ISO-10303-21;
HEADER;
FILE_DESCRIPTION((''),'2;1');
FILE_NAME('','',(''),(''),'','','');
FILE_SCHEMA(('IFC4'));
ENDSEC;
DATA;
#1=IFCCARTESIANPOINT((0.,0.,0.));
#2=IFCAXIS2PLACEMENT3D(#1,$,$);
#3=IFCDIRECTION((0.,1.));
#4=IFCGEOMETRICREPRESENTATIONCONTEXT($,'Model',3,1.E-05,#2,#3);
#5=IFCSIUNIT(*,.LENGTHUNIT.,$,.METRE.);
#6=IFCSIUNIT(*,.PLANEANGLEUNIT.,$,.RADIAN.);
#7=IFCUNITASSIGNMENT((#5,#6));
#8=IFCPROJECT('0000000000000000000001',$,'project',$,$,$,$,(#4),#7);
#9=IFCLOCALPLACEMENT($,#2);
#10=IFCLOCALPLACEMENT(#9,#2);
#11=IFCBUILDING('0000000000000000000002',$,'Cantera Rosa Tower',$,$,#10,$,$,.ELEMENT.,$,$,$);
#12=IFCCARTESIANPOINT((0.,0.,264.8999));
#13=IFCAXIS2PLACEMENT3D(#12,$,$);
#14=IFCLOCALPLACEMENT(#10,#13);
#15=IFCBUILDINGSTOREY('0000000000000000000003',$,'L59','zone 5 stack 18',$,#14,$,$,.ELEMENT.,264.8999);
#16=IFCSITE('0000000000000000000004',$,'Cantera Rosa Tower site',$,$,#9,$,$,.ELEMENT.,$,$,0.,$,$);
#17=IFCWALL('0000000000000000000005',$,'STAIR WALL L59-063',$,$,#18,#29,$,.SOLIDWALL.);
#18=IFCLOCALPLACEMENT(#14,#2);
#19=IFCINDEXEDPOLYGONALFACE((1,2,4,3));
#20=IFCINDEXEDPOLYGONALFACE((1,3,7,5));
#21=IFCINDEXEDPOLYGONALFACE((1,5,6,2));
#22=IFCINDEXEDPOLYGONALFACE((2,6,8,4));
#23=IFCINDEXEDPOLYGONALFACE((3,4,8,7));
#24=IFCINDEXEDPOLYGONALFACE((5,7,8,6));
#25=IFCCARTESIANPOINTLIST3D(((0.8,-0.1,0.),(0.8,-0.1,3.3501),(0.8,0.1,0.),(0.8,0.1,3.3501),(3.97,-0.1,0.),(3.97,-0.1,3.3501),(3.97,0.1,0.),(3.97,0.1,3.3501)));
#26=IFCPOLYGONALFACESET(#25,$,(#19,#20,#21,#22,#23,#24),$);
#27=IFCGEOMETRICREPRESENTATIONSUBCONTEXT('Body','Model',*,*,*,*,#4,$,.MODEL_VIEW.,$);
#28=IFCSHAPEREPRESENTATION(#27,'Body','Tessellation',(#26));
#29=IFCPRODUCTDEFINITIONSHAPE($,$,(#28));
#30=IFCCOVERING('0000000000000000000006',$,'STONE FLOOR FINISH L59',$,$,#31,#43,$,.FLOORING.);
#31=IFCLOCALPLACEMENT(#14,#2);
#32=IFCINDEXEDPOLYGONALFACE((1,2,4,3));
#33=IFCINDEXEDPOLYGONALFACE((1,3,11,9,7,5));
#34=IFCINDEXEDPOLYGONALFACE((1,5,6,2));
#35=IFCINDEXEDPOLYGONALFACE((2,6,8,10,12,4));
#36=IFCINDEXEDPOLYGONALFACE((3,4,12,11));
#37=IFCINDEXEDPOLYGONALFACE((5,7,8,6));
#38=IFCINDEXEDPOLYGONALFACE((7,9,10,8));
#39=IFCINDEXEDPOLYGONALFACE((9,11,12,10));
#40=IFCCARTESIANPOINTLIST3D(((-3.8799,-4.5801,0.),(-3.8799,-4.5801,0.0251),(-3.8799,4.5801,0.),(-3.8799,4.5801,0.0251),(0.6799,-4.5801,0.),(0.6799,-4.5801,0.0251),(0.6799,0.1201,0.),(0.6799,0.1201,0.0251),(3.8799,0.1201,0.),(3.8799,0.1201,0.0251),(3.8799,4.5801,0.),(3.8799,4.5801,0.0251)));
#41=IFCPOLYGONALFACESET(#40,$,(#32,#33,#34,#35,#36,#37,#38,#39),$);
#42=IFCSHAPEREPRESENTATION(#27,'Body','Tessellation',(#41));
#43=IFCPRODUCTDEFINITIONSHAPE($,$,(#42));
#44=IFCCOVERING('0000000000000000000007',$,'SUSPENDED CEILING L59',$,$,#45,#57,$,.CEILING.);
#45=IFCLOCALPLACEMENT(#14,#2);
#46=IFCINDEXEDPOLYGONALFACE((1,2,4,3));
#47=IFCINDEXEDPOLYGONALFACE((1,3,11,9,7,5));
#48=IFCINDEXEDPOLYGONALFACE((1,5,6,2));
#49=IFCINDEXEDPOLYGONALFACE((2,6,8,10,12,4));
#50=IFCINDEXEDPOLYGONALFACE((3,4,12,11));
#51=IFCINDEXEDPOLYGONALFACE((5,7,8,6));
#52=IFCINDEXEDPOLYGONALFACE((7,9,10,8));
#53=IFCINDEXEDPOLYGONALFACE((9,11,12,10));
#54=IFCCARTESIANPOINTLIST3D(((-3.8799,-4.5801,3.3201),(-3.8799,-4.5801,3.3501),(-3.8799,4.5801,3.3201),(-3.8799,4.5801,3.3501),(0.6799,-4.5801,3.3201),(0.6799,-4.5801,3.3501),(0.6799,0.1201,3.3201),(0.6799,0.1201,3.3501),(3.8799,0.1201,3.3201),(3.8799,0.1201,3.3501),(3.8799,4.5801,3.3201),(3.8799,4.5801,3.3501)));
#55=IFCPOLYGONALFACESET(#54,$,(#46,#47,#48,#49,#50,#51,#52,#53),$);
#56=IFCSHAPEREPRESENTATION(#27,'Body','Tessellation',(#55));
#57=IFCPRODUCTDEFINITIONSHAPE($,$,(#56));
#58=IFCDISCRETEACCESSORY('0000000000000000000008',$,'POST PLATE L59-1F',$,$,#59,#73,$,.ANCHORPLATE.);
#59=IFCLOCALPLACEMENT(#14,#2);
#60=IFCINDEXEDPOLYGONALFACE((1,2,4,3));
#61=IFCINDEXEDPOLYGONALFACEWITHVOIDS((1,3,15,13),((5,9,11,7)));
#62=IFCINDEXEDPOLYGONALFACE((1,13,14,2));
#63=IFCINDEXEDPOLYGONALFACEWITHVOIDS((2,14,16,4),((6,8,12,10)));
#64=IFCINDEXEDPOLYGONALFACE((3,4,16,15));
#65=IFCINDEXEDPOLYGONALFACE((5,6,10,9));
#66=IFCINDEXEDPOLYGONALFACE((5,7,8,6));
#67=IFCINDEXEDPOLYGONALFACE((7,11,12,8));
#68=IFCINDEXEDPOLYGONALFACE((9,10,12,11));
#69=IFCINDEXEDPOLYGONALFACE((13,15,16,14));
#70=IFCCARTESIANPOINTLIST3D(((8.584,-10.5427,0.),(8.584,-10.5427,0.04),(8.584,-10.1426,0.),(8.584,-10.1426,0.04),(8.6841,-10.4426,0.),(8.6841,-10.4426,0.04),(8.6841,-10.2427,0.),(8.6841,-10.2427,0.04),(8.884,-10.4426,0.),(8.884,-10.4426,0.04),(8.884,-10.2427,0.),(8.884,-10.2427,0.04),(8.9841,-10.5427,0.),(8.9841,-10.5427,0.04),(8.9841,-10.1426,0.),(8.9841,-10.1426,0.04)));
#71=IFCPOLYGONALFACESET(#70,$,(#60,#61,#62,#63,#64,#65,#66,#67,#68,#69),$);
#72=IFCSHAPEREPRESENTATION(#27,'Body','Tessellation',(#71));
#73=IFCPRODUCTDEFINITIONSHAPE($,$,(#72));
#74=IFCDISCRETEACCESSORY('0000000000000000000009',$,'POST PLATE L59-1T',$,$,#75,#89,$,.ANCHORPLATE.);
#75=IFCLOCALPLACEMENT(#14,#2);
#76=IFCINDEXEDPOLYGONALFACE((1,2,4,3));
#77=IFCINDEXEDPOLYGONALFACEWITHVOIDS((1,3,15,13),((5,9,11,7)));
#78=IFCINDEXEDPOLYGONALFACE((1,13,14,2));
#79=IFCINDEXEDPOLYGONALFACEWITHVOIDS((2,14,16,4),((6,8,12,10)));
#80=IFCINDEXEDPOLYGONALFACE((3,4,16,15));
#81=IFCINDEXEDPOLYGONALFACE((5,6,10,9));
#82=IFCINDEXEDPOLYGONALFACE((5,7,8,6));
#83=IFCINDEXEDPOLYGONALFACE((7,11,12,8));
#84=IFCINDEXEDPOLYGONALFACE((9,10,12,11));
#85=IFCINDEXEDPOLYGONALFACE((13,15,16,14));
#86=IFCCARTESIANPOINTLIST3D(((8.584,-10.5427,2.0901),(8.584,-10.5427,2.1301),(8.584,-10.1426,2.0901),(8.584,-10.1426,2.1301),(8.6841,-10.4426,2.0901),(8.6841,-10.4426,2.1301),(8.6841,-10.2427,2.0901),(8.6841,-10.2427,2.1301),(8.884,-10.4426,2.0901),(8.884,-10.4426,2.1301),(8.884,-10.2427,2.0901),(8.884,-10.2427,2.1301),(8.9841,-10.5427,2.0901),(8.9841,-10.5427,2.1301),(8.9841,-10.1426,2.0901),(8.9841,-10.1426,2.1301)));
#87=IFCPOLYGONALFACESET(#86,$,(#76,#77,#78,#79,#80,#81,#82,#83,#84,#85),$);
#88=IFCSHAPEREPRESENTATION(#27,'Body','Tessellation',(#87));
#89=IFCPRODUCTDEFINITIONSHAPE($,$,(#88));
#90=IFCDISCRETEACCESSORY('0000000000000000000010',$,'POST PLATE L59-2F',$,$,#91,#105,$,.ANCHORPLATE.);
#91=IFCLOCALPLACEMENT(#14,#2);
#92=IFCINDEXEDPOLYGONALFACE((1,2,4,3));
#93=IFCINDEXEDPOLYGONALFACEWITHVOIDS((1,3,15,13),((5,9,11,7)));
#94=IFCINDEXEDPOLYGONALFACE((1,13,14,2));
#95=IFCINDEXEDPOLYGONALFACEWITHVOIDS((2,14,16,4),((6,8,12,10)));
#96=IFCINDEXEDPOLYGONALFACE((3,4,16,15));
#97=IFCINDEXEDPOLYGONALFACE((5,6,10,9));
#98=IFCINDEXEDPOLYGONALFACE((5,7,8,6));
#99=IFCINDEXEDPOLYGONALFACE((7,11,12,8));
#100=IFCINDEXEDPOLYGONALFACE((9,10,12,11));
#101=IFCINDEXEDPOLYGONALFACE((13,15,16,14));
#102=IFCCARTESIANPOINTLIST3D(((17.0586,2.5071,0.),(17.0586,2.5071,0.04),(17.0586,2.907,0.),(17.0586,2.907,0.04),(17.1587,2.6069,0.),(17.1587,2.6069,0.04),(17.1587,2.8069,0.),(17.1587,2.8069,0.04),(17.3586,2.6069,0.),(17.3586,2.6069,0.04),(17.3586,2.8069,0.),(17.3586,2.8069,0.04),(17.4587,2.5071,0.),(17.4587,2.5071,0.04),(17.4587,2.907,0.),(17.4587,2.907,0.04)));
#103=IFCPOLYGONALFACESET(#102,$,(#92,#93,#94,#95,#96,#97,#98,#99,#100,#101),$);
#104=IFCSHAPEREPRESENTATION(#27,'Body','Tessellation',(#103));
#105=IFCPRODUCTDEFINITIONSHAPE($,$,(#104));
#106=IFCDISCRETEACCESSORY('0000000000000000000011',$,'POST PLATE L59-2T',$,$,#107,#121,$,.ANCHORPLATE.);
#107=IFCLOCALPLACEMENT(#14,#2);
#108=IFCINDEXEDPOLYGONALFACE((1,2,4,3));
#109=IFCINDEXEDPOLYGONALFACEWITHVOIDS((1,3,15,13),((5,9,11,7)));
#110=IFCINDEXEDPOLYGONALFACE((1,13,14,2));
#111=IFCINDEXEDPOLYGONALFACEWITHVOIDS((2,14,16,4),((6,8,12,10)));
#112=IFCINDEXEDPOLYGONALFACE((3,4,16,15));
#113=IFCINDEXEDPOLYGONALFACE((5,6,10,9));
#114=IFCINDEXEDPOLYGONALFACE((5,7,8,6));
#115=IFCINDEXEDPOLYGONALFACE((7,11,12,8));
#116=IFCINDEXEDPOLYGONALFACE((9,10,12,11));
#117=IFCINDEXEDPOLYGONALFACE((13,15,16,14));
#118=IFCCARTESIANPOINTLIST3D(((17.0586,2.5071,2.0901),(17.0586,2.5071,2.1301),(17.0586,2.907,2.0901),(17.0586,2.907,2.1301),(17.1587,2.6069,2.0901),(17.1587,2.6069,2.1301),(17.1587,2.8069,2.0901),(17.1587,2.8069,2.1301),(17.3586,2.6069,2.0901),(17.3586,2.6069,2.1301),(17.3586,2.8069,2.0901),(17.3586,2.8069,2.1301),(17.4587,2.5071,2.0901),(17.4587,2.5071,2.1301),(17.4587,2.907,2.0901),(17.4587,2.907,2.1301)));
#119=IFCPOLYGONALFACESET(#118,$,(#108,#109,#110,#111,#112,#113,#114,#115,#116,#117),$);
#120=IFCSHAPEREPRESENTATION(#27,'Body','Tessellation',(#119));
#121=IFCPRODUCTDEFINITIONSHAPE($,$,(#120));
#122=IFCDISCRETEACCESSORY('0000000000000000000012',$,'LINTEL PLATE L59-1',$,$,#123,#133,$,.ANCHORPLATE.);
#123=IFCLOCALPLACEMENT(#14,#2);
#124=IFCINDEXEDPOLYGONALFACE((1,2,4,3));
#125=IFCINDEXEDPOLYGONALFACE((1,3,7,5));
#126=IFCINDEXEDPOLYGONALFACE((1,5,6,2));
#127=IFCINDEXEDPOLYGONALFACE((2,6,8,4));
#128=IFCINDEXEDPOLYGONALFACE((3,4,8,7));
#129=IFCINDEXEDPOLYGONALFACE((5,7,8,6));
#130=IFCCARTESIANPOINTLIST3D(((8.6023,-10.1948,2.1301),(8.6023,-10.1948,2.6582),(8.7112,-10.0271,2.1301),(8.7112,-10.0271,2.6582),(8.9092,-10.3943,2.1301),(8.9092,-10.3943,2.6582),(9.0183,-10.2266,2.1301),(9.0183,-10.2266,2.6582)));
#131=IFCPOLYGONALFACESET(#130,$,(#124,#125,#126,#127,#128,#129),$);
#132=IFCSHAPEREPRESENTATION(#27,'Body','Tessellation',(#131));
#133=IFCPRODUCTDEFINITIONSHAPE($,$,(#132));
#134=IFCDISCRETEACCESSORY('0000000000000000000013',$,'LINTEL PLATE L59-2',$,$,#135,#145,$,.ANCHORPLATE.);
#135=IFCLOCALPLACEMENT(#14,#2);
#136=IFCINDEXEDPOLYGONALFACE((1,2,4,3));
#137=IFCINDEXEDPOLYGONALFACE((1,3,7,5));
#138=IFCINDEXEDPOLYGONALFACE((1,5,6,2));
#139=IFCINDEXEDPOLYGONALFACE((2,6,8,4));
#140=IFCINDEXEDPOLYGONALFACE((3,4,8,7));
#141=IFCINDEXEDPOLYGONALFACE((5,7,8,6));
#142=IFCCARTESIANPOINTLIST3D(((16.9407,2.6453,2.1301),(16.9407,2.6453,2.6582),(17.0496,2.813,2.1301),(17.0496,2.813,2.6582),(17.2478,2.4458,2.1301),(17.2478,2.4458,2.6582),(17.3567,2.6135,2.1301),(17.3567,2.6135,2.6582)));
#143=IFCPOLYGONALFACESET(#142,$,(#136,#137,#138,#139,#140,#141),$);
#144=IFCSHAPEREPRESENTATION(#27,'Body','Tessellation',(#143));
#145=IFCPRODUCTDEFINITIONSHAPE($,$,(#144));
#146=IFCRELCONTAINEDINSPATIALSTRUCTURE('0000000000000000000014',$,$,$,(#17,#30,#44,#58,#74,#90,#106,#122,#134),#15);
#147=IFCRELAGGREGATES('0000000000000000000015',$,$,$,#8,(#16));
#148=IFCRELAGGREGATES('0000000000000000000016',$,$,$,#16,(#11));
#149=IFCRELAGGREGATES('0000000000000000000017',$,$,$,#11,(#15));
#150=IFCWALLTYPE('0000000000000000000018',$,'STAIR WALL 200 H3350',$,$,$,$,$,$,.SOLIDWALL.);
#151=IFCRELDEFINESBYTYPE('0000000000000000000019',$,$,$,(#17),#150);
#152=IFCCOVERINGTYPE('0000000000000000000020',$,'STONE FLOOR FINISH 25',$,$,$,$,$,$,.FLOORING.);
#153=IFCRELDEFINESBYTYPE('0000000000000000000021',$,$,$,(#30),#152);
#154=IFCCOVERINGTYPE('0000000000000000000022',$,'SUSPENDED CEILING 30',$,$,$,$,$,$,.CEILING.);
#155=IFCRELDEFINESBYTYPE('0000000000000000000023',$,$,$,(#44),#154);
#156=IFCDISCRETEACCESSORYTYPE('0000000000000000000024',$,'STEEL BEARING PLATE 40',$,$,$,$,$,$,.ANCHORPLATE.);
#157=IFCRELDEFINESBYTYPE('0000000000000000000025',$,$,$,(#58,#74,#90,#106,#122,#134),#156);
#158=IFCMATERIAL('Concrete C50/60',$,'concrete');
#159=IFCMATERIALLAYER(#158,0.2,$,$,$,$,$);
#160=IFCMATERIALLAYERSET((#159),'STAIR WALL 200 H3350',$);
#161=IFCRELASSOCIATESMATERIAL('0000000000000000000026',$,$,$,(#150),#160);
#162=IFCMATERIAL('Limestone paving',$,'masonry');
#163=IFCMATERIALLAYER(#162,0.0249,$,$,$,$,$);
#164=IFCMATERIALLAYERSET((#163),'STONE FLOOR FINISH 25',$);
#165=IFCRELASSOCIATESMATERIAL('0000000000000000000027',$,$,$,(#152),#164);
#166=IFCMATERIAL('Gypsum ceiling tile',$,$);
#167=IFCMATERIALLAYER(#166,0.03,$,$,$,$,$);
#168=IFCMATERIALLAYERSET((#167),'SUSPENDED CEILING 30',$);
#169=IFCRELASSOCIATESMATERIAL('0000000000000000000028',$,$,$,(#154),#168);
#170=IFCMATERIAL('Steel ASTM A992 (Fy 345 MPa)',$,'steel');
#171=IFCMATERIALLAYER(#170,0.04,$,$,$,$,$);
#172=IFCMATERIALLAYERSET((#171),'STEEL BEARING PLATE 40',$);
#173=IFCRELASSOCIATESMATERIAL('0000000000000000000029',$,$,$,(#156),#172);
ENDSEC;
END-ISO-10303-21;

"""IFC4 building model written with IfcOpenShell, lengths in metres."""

from ifc_helpers import new_model, si_unit, direction, frame, frame_2d, origin, place, context, subcontext, project, spatial, polyline, rectangle, outline, extrude, material, layer, layer_set, type_object, element, save


model = new_model("IFC4")

# Units and contexts
model_context = context("Model", 3, precision=1e-05, world=origin(), true_north=direction((0.0, 1.0)))
body_context = subcontext(model_context, "Body", "Model", "MODEL_VIEW")
ifc_project = project(units=[si_unit("LENGTHUNIT", "METRE"), si_unit("PLANEANGLEUNIT", "RADIAN")], contexts=[model_context])

# Site, building, storey
site_placement = place(None, origin())
site = spatial("IfcSite", under=ifc_project, at=site_placement, Name="Cantera Rosa Tower site", CompositionType="ELEMENT", RefElevation=0.0)
building_placement = place(site_placement, origin())
building = spatial("IfcBuilding", under=site, at=building_placement, Name="Cantera Rosa Tower", CompositionType="ELEMENT")
storey_placement = place(building_placement, frame((0.0, 0.0, 264.8999)))
storey = spatial("IfcBuildingStorey", under=building, at=storey_placement, Name="L59", Description="zone 5 stack 18", CompositionType="ELEMENT", Elevation=264.8999)

# Wall
ifc_material_1 = material(Name="Concrete C50/60", Category="concrete")
ifc_layer_1 = layer(ifc_material_1, 0.2)
ifc_layer_set_1 = layer_set([ifc_layer_1], Name="STAIR WALL 200 H3350")
wall_type_1 = type_object("IfcWallType", Name="STAIR WALL 200 H3350", PredefinedType="SOLIDWALL", material=ifc_layer_set_1)
wall_1_placement = place(storey_placement, frame((0.8, 0.0, 0.0), z_axis=(0.0, 0.0, 1.0), x_axis=(1.0, 0.0, 0.0)))
element("IfcWall", 1, at=wall_1_placement, inside=storey, type_object=wall_type_1, Name="STAIR WALL L59-063", PredefinedType="SOLIDWALL", context=body_context, shape_type="SweptSolid", body=[
    extrude(rectangle(XDim=3.1699, YDim=0.2, at=frame_2d((1.585, 0.0))), origin(), (0.0, 0.0, 1.0), 3.3501),
])

# Coverings
ifc_material_2 = material(Name="Limestone paving", Category="masonry")
ifc_layer_2 = layer(ifc_material_2, 0.0249)
ifc_layer_set_2 = layer_set([ifc_layer_2], Name="STONE FLOOR FINISH 25")
covering_type_1 = type_object("IfcCoveringType", Name="STONE FLOOR FINISH 25", PredefinedType="FLOORING", material=ifc_layer_set_2)
covering_1_placement = place(storey_placement, origin())
element("IfcCovering", 2, at=covering_1_placement, inside=storey, type_object=covering_type_1, Name="STONE FLOOR FINISH L59", PredefinedType="FLOORING", context=body_context, shape_type="SweptSolid", body=[
    extrude(outline(polyline([(3.8799, 4.5801), (3.8799, 0.1201), (0.6799, 0.1201), (0.6799, -4.5801), (-3.8799, -4.5801), (-3.8799, 4.5801), (3.8799, 4.5801)])), origin(), (0.0, 0.0, 1.0), 0.0251),
])
ifc_material_3 = material(Name="Gypsum ceiling tile")
ifc_layer_3 = layer(ifc_material_3, 0.03)
ifc_layer_set_3 = layer_set([ifc_layer_3], Name="SUSPENDED CEILING 30")
covering_type_2 = type_object("IfcCoveringType", Name="SUSPENDED CEILING 30", PredefinedType="CEILING", material=ifc_layer_set_3)
covering_2_placement = place(storey_placement, frame((0.0, 0.0, 3.3201)))
element("IfcCovering", 3, at=covering_2_placement, inside=storey, type_object=covering_type_2, Name="SUSPENDED CEILING L59", PredefinedType="CEILING", context=body_context, shape_type="SweptSolid", body=[
    extrude(outline(polyline([(3.8799, 4.5801), (3.8799, 0.1201), (0.6799, 0.1201), (0.6799, -4.5801), (-3.8799, -4.5801), (-3.8799, 4.5801), (3.8799, 4.5801)])), origin(), (0.0, 0.0, 1.0), 0.03),
])

# Discrete accessories
ifc_material_4 = material(Name="Steel ASTM A992 (Fy 345 MPa)", Category="steel")
ifc_layer_4 = layer(ifc_material_4, 0.04)
ifc_layer_set_4 = layer_set([ifc_layer_4], Name="STEEL BEARING PLATE 40")
discrete_accessory_type = type_object("IfcDiscreteAccessoryType", Name="STEEL BEARING PLATE 40", PredefinedType="ANCHORPLATE", material=ifc_layer_set_4)
for number, where, name in (
    (4, (0.0, 0.0, 0.0), "POST PLATE L59-1F"),
    (5, (0.0, 0.0, 2.0901), "POST PLATE L59-1T"),
):
    element("IfcDiscreteAccessory", number, at=place(storey_placement, frame(where)), inside=storey, type_object=discrete_accessory_type, Name=name, PredefinedType="ANCHORPLATE", context=body_context, shape_type="SweptSolid", body=[
        extrude(outline(polyline([(8.584, -10.5427), (8.9841, -10.5427), (8.9841, -10.1426), (8.584, -10.1426), (8.584, -10.5427)]), holes=[polyline([(8.6841, -10.4426), (8.884, -10.4426), (8.884, -10.2427), (8.6841, -10.2427), (8.6841, -10.4426)])]), origin(), (0.0, 0.0, 1.0), 0.04),
    ])
for number, where, name in (
    (6, (0.0, 0.0, 0.0), "POST PLATE L59-2F"),
    (7, (0.0, 0.0, 2.0901), "POST PLATE L59-2T"),
):
    element("IfcDiscreteAccessory", number, at=place(storey_placement, frame(where)), inside=storey, type_object=discrete_accessory_type, Name=name, PredefinedType="ANCHORPLATE", context=body_context, shape_type="SweptSolid", body=[
        extrude(outline(polyline([(17.0586, 2.5071), (17.4587, 2.5071), (17.4587, 2.907), (17.0586, 2.907), (17.0586, 2.5071)]), holes=[polyline([(17.1587, 2.6069), (17.3586, 2.6069), (17.3586, 2.8069), (17.1587, 2.8069), (17.1587, 2.6069)])]), origin(), (0.0, 0.0, 1.0), 0.04),
    ])
discrete_accessory_1_placement = place(storey_placement, frame((0.0, 0.0, 2.1301)))
element("IfcDiscreteAccessory", 8, at=discrete_accessory_1_placement, inside=storey, type_object=discrete_accessory_type, Name="LINTEL PLATE L59-1", PredefinedType="ANCHORPLATE", context=body_context, shape_type="SweptSolid", body=[
    extrude(outline(polyline([(8.7112, -10.0271), (8.6023, -10.1948), (8.9092, -10.3943), (9.0183, -10.2266), (8.7112, -10.0271)])), origin(), (0.0, 0.0, 1.0), 0.5281),
])
discrete_accessory_2_placement = place(storey_placement, frame((0.0, 0.0, 2.1301)))
element("IfcDiscreteAccessory", 9, at=discrete_accessory_2_placement, inside=storey, type_object=discrete_accessory_type, Name="LINTEL PLATE L59-2", PredefinedType="ANCHORPLATE", context=body_context, shape_type="SweptSolid", body=[
    extrude(outline(polyline([(17.2478, 2.4458), (17.3567, 2.6135), (17.0496, 2.813), (16.9407, 2.6453), (17.2478, 2.4458)])), origin(), (0.0, 0.0, 1.0), 0.5281),
])

save(model, "model.ifc")
